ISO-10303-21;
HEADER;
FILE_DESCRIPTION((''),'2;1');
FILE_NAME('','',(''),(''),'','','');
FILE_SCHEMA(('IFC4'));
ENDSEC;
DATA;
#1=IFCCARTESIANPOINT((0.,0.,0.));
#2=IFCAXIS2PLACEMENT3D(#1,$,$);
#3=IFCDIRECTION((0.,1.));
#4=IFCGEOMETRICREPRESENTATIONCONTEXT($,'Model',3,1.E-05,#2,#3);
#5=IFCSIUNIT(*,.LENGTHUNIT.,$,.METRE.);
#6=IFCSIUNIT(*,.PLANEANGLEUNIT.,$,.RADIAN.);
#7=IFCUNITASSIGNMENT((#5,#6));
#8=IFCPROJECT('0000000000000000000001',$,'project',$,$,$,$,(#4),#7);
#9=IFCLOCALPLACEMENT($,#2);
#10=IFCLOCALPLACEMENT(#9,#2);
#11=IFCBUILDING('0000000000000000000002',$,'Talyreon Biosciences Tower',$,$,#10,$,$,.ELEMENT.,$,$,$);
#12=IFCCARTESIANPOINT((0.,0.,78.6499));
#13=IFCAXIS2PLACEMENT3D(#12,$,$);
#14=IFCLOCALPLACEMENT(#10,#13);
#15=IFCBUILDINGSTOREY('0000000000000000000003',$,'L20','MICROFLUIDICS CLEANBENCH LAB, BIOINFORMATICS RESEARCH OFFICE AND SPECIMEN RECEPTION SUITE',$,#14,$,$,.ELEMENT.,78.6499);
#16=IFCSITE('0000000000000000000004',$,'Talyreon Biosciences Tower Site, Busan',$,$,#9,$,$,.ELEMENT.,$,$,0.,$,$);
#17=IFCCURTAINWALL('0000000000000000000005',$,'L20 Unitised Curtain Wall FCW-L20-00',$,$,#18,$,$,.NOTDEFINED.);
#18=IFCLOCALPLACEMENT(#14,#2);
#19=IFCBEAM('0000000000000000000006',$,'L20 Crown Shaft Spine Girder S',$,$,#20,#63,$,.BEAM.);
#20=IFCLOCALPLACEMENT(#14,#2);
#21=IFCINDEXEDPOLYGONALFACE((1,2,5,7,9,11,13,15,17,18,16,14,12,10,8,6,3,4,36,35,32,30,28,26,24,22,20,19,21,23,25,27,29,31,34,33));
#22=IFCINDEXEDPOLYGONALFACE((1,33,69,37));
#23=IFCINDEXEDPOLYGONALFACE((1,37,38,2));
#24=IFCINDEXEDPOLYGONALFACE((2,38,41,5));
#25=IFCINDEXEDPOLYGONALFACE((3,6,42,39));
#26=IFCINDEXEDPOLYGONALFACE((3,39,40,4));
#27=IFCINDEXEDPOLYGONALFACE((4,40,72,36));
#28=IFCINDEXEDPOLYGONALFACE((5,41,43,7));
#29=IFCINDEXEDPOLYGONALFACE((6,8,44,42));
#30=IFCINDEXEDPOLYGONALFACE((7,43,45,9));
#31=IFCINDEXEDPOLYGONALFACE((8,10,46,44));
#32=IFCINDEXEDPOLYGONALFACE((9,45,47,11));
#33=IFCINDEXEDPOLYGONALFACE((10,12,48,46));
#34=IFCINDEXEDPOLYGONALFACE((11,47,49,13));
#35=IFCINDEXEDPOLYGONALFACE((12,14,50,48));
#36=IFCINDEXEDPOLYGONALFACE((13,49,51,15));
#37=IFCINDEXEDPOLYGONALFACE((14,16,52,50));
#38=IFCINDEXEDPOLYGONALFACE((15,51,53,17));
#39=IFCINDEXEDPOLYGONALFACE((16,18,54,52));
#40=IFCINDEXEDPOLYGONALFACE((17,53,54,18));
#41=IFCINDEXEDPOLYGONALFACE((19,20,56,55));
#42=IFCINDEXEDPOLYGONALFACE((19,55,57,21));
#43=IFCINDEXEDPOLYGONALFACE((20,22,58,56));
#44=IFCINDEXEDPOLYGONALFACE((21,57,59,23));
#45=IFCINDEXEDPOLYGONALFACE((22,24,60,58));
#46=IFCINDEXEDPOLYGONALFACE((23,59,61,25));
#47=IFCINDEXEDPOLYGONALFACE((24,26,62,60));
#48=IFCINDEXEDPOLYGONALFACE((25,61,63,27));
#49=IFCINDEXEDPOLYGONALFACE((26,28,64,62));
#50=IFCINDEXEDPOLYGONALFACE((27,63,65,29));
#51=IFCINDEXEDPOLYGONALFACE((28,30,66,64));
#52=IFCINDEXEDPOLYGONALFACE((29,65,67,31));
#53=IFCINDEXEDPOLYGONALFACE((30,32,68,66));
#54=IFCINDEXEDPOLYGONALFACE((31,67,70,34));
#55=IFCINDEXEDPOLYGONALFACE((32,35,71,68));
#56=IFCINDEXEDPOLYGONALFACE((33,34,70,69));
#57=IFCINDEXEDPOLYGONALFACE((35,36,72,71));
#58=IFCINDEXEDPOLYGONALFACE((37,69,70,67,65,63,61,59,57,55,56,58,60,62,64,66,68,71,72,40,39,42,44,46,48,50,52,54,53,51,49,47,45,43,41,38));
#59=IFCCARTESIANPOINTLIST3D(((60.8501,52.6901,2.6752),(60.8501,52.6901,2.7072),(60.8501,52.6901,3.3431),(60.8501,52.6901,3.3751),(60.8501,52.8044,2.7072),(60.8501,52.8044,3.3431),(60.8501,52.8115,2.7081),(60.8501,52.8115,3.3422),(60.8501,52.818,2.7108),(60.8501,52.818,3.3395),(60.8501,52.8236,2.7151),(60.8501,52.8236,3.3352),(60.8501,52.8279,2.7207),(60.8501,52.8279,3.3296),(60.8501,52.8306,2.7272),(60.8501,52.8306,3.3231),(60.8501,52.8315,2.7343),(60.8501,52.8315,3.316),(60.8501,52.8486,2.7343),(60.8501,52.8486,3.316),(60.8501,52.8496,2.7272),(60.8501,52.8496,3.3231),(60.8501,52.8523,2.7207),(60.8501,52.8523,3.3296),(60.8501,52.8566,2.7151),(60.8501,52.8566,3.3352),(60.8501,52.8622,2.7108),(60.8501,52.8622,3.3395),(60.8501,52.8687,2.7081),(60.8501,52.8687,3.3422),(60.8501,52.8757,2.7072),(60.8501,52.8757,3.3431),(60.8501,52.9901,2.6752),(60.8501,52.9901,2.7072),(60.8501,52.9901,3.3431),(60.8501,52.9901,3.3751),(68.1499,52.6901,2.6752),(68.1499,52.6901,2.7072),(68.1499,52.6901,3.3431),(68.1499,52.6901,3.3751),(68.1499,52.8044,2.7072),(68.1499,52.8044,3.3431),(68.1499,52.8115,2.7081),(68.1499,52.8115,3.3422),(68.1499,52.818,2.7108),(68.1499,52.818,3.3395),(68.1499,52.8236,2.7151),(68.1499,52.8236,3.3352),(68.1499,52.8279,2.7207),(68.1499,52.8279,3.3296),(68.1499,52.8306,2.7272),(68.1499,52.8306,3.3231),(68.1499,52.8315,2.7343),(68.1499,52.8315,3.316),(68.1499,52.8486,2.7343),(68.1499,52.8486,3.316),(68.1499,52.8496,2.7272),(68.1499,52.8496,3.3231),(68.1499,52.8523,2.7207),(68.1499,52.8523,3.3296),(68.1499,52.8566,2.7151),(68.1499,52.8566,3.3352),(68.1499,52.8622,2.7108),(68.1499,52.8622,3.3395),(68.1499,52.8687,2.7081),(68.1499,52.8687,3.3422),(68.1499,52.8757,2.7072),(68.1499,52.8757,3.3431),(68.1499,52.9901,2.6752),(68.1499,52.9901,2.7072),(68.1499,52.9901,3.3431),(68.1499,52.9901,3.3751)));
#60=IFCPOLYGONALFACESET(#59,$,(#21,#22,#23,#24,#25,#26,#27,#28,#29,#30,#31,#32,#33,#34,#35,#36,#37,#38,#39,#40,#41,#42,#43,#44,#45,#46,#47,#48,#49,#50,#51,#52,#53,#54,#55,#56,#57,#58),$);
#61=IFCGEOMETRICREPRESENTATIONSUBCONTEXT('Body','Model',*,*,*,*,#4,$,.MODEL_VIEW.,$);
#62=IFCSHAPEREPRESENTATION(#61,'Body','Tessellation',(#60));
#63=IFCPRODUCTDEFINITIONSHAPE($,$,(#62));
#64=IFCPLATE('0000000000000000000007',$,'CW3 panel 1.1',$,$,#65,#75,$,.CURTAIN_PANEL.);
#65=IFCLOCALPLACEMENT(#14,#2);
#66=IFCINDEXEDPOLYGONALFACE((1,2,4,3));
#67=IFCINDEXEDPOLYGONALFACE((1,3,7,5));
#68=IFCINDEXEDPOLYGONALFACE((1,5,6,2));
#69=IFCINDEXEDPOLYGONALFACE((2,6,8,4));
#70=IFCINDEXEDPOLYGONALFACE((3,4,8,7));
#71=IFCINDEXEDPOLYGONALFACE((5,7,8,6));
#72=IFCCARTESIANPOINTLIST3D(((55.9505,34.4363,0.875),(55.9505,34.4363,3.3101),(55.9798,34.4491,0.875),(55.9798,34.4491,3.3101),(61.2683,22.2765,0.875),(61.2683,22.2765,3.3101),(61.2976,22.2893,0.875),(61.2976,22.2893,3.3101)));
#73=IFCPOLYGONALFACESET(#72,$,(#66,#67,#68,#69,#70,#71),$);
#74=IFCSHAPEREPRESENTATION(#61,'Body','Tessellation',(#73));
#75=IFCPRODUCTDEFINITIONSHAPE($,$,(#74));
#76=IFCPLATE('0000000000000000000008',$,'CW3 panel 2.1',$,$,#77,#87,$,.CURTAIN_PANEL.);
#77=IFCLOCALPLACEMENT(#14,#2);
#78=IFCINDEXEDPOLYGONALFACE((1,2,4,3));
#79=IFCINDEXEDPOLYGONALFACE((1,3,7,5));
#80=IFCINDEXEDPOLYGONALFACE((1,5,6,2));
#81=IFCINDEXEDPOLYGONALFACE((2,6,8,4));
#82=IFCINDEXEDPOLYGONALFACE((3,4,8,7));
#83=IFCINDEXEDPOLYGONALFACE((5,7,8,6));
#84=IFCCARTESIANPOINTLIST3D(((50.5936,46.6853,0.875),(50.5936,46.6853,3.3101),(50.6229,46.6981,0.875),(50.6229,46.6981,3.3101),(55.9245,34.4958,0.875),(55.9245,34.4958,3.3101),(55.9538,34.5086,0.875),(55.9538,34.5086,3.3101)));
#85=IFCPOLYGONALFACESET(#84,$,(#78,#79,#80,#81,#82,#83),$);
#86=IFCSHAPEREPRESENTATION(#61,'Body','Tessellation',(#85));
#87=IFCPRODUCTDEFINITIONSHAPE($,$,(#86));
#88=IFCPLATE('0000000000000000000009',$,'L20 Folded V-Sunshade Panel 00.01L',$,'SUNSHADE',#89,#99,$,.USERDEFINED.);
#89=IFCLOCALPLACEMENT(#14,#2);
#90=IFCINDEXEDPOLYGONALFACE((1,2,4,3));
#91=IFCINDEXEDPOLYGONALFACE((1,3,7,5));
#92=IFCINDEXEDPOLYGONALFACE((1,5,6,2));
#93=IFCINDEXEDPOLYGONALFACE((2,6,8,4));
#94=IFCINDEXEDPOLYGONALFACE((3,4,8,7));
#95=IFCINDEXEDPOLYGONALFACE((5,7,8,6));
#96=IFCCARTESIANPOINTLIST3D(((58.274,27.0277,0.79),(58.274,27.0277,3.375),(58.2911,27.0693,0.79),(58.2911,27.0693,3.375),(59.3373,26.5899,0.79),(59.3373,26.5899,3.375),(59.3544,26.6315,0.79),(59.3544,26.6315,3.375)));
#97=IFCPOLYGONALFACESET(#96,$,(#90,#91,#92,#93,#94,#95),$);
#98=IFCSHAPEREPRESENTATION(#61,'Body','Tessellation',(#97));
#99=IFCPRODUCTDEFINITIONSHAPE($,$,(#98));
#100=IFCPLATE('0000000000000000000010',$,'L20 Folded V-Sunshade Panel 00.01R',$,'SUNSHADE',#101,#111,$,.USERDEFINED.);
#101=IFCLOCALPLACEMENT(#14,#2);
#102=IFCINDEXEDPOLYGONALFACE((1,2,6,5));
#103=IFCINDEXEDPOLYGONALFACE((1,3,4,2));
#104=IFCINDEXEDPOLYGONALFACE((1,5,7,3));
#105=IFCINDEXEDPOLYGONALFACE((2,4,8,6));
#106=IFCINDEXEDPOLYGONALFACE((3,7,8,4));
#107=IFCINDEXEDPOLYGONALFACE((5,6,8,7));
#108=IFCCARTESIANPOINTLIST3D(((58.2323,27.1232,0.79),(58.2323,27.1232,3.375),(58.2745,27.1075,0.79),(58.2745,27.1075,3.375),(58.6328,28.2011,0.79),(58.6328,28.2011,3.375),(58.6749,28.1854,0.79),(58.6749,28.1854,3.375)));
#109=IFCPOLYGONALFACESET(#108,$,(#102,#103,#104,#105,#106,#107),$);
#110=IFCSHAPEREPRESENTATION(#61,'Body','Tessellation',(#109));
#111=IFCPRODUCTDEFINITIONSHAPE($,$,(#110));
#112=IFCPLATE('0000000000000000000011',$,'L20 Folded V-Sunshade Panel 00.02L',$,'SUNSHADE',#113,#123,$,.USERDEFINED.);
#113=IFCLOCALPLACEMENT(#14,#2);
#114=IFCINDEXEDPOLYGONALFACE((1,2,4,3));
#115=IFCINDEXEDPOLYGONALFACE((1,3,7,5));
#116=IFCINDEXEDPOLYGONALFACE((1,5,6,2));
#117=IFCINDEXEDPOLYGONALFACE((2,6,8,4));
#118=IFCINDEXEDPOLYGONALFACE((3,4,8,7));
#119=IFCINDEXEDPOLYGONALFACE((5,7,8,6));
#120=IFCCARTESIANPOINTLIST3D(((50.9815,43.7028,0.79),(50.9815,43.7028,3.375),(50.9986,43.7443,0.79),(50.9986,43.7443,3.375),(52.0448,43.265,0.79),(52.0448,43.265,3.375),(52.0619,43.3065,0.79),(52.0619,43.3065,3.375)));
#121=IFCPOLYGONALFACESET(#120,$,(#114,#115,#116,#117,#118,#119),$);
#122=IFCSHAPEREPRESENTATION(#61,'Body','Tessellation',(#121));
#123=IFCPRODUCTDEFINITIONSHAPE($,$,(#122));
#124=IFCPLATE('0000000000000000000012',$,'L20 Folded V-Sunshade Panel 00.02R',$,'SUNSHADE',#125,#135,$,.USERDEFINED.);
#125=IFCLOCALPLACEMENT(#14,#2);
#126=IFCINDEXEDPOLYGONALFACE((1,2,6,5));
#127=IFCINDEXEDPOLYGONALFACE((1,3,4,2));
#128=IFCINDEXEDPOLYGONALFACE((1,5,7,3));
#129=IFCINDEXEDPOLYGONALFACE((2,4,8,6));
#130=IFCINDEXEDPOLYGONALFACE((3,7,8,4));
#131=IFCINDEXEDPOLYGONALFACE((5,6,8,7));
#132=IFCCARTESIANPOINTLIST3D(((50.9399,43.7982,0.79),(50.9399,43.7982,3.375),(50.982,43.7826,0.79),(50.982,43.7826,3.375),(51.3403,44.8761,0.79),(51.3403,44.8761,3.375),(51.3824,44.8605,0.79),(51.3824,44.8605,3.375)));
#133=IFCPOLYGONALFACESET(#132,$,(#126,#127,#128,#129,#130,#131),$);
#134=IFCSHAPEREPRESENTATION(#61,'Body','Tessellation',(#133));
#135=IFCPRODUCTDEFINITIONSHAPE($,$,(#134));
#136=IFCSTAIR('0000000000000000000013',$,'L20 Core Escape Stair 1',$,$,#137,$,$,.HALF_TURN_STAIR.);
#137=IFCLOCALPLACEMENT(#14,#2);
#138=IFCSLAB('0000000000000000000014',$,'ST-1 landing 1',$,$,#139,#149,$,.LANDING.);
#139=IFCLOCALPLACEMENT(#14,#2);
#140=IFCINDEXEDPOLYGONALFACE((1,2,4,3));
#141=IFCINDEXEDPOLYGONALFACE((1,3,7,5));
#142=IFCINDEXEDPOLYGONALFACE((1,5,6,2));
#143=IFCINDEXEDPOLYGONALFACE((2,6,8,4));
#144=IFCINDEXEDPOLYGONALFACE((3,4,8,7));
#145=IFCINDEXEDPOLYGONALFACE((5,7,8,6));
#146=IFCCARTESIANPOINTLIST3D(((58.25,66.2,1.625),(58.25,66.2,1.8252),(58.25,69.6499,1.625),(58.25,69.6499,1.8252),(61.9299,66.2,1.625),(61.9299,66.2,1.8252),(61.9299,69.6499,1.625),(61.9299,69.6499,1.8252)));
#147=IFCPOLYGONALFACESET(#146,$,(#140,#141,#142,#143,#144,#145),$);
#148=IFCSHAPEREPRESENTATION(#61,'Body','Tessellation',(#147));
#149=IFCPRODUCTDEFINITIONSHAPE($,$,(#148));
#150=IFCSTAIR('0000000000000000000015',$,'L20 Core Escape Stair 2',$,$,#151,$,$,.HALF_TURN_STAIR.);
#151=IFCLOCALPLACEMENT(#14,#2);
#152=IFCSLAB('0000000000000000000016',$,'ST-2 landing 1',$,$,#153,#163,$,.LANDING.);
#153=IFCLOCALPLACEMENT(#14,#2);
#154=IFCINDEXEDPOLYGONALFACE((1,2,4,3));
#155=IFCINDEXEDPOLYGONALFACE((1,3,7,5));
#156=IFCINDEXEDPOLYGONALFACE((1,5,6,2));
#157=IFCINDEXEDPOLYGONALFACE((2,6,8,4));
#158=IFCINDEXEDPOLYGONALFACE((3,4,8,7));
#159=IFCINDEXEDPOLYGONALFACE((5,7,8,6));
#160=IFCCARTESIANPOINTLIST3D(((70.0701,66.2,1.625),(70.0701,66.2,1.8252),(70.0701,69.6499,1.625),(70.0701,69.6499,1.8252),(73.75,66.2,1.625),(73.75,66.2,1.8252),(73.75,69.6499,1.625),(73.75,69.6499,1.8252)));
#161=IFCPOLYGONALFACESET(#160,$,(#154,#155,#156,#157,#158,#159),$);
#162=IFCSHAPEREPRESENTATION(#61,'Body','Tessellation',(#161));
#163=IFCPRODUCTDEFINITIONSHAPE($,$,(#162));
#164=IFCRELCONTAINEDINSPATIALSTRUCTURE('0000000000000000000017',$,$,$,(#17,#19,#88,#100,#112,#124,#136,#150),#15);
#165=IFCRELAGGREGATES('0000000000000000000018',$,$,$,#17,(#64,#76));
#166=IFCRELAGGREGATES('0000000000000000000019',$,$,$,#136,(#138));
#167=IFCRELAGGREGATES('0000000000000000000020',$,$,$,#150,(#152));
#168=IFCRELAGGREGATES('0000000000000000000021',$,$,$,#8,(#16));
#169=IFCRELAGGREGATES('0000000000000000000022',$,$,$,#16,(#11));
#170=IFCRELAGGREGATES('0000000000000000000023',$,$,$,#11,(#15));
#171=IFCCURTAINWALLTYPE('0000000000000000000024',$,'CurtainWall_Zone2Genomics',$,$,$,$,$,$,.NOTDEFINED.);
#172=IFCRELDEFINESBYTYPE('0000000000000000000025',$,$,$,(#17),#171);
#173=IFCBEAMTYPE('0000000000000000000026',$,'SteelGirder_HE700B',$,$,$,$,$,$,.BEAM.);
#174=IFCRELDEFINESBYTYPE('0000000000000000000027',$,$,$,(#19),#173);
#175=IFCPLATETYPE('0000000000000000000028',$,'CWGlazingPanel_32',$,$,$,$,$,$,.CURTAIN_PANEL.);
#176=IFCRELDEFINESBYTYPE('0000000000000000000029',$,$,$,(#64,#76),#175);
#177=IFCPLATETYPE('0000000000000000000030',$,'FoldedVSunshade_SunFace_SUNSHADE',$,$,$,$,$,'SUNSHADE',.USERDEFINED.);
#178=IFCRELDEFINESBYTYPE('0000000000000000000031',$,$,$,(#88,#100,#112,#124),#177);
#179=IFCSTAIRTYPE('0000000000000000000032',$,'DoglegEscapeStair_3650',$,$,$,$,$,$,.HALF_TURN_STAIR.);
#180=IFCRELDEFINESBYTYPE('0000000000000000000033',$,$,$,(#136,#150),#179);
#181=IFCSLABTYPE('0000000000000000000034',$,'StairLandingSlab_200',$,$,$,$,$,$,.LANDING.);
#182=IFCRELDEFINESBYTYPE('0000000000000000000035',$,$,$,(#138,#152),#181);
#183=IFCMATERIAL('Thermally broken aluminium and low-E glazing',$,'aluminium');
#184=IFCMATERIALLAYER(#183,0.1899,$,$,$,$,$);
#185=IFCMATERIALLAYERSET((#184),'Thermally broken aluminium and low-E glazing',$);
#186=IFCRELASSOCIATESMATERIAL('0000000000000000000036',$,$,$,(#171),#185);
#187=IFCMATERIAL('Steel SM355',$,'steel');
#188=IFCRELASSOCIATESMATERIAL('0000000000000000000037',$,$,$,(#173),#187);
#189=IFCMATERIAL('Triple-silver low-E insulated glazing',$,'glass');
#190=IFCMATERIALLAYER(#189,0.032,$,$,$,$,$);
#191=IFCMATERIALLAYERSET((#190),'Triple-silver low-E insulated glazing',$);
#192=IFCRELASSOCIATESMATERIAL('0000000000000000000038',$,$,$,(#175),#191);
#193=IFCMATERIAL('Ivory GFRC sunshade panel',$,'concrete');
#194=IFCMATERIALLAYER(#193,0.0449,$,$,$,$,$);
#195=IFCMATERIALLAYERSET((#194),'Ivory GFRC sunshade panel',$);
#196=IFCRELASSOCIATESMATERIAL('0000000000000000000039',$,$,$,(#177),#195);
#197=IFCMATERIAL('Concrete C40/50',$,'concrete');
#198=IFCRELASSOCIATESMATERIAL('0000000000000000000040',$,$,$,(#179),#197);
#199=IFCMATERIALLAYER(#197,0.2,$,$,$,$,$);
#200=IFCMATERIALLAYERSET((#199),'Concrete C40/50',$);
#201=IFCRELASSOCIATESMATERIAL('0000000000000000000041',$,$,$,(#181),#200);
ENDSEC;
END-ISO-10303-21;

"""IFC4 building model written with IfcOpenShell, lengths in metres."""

from ifc_helpers import new_model, si_unit, direction, frame, origin, origin_2d, place, context, subcontext, project, spatial, polyline, rectangle, i_section, outline, extrude, material, layer, layer_set, material_profile, profile_set, type_object, element, aggregate, save


model = new_model("IFC4")

# Units and contexts
model_context = context("Model", 3, precision=1e-05, world=origin(), true_north=direction((0.0, 1.0)))
body_context = subcontext(model_context, "Body", "Model", "MODEL_VIEW")
ifc_project = project(units=[si_unit("LENGTHUNIT", "METRE"), si_unit("PLANEANGLEUNIT", "RADIAN")], contexts=[model_context])

# Site, building, storey
site_placement = place(None, origin())
site = spatial("IfcSite", under=ifc_project, at=site_placement, Name="Talyreon Biosciences Tower Site, Busan", CompositionType="ELEMENT", RefElevation=0.0)
building_placement = place(site_placement, origin())
building = spatial("IfcBuilding", under=site, at=building_placement, Name="Talyreon Biosciences Tower", CompositionType="ELEMENT")
storey_placement = place(building_placement, frame((0.0, 0.0, 78.6499)))
storey = spatial("IfcBuildingStorey", under=building, at=storey_placement, Name="L20", Description="MICROFLUIDICS CLEANBENCH LAB, BIOINFORMATICS RESEARCH OFFICE AND SPECIMEN RECEPTION SUITE", CompositionType="ELEMENT", Elevation=78.6499)

# Curtain wall
ifc_material_1 = material(Name="Thermally broken aluminium and low-E glazing", Category="aluminium")
ifc_layer_1 = layer(ifc_material_1, 0.1899)
ifc_layer_set_1 = layer_set([ifc_layer_1], Name="Thermally broken aluminium and low-E glazing")
curtain_wall_type = type_object("IfcCurtainWallType", Name="CurtainWall_Zone2Genomics", PredefinedType="NOTDEFINED", material=ifc_layer_set_1)
curtain_wall_placement = place(storey_placement, origin())
curtain_wall = element("IfcCurtainWall", 1, at=curtain_wall_placement, inside=storey, type_object=curtain_wall_type, Name="L20 Unitised Curtain Wall FCW-L20-00", PredefinedType="NOTDEFINED")

# Beam
ifc_material_2 = material(Name="Steel SM355", Category="steel")
ifc_material_profile_1 = material_profile(ifc_material_2, i_section(OverallWidth=0.3, OverallDepth=0.7, WebThickness=0.0171, FlangeThickness=0.032, FilletRadius=0.0271, at=origin_2d()), Name="HE700B")
ifc_profile_set_1 = profile_set([ifc_material_profile_1], Name="Steel SM355")
beam_type_1 = type_object("IfcBeamType", Name="SteelGirder_HE700B", PredefinedType="BEAM", material=ifc_profile_set_1)
beam_1_placement = place(storey_placement, frame((60.8501, 52.8401, 3.0251), z_axis=(1.0, 0.0, 0.0), x_axis=(0.0, 1.0, 0.0)))
element("IfcBeam", 2, at=beam_1_placement, inside=storey, type_object=beam_type_1, Name="L20 Crown Shaft Spine Girder S", PredefinedType="BEAM", context=body_context, shape_type="SweptSolid", body=[
    extrude(i_section(OverallWidth=0.3, OverallDepth=0.7, WebThickness=0.0171, FlangeThickness=0.032, FilletRadius=0.0271, at=origin_2d()), origin(), (0.0, 0.0, 1.0), 7.2998),
])

# Plates
ifc_material_3 = material(Name="Triple-silver low-E insulated glazing", Category="glass")
ifc_layer_2 = layer(ifc_material_3, 0.032)
ifc_layer_set_2 = layer_set([ifc_layer_2], Name="Triple-silver low-E insulated glazing")
plate_type_1 = type_object("IfcPlateType", Name="CWGlazingPanel_32", PredefinedType="CURTAIN_PANEL", material=ifc_layer_set_2)
plate_1_placement = place(storey_placement, frame((58.624, 28.3628, 0.875), z_axis=(0.0, 0.0, 1.0), x_axis=(-0.400689, 0.916214, 0.0)))
plate_1 = element("IfcPlate", 3, at=plate_1_placement, type_object=plate_type_1, Name="CW3 panel 1.1", PredefinedType="CURTAIN_PANEL", context=body_context, shape_type="SweptSolid", body=[
    extrude(rectangle(XDim=13.2717, YDim=0.032, at=origin_2d()), origin(), (0.0, 0.0, 1.0), 2.4351),
])
plate_2_placement = place(storey_placement, frame((53.2737, 40.5969, 0.875), z_axis=(0.0, 0.0, 1.0), x_axis=(-0.400689, 0.916214, 0.0)))
plate_2 = element("IfcPlate", 4, at=plate_2_placement, type_object=plate_type_1, Name="CW3 panel 2.1", PredefinedType="CURTAIN_PANEL", context=body_context, shape_type="SweptSolid", body=[
    extrude(rectangle(XDim=13.3042, YDim=0.032, at=origin_2d()), origin(), (0.0, 0.0, 1.0), 2.4351),
])
aggregate(curtain_wall, [plate_1, plate_2])

# Plates
ifc_material_4 = material(Name="Ivory GFRC sunshade panel", Category="concrete")
ifc_layer_3 = layer(ifc_material_4, 0.0449)
ifc_layer_set_3 = layer_set([ifc_layer_3], Name="Ivory GFRC sunshade panel")
plate_type_2 = type_object("IfcPlateType", Name="FoldedVSunshade_SunFace_SUNSHADE", ElementType="SUNSHADE", PredefinedType="USERDEFINED", material=ifc_layer_set_3)
for number, where, z_axis, x_axis, name in (
    (5, (58.8142, 26.8296, 0.79), (0.0, 0.0, 1.0), (-0.924686, 0.380731, 0.0), "L20 Folded V-Sunshade Panel 00.01L"),
    (6, (58.4536, 27.6543, 0.79), (0.0, 0.0, 1.0), (0.348228, 0.93741, 0.0), "L20 Folded V-Sunshade Panel 00.01R"),
    (7, (51.5217, 43.5046, 0.79), (0.0, 0.0, 1.0), (-0.924686, 0.380731, 0.0), "L20 Folded V-Sunshade Panel 00.02L"),
    (8, (51.1611, 44.3293, 0.79), (0.0, 0.0, 1.0), (0.348228, 0.93741, 0.0), "L20 Folded V-Sunshade Panel 00.02R"),
):
    element("IfcPlate", number, at=place(storey_placement, frame(where, z_axis=z_axis, x_axis=x_axis)), inside=storey, type_object=plate_type_2, Name=name, ObjectType="SUNSHADE", PredefinedType="USERDEFINED", context=body_context, shape_type="SweptSolid", body=[
        extrude(rectangle(XDim=1.1499, YDim=0.0449, at=origin_2d()), origin(), (0.0, 0.0, 1.0), 2.585),
    ])

# Stairs, slabs
ifc_material_5 = material(Name="Concrete C40/50", Category="concrete")
stair_type = type_object("IfcStairType", Name="DoglegEscapeStair_3650", PredefinedType="HALF_TURN_STAIR", material=ifc_material_5)
stair_1_placement = place(storey_placement, origin())
stair_1 = element("IfcStair", 9, at=stair_1_placement, inside=storey, type_object=stair_type, Name="L20 Core Escape Stair 1", PredefinedType="HALF_TURN_STAIR")
ifc_layer_4 = layer(ifc_material_5, 0.2)
ifc_layer_set_4 = layer_set([ifc_layer_4], Name="Concrete C40/50")
slab_type_1 = type_object("IfcSlabType", Name="StairLandingSlab_200", PredefinedType="LANDING", material=ifc_layer_set_4)
slab_1_placement = place(storey_placement, frame((0.0, 0.0, 1.625)))
slab_1 = element("IfcSlab", 10, at=slab_1_placement, type_object=slab_type_1, Name="ST-1 landing 1", PredefinedType="LANDING", context=body_context, shape_type="SweptSolid", body=[
    extrude(outline(polyline([(61.9299, 66.2), (61.9299, 69.6499), (58.25, 69.6499), (58.25, 66.2), (61.9299, 66.2)])), origin(), (0.0, 0.0, 1.0), 0.2002),
])
aggregate(stair_1, [slab_1])
stair_2_placement = place(storey_placement, origin())
stair_2 = element("IfcStair", 11, at=stair_2_placement, inside=storey, type_object=stair_type, Name="L20 Core Escape Stair 2", PredefinedType="HALF_TURN_STAIR")
slab_2_placement = place(storey_placement, frame((0.0, 0.0, 1.625)))
slab_2 = element("IfcSlab", 12, at=slab_2_placement, type_object=slab_type_1, Name="ST-2 landing 1", PredefinedType="LANDING", context=body_context, shape_type="SweptSolid", body=[
    extrude(outline(polyline([(73.75, 66.2), (73.75, 69.6499), (70.0701, 69.6499), (70.0701, 66.2), (73.75, 66.2)])), origin(), (0.0, 0.0, 1.0), 0.2002),
])
aggregate(stair_2, [slab_2])

save(model, "model.ifc")
